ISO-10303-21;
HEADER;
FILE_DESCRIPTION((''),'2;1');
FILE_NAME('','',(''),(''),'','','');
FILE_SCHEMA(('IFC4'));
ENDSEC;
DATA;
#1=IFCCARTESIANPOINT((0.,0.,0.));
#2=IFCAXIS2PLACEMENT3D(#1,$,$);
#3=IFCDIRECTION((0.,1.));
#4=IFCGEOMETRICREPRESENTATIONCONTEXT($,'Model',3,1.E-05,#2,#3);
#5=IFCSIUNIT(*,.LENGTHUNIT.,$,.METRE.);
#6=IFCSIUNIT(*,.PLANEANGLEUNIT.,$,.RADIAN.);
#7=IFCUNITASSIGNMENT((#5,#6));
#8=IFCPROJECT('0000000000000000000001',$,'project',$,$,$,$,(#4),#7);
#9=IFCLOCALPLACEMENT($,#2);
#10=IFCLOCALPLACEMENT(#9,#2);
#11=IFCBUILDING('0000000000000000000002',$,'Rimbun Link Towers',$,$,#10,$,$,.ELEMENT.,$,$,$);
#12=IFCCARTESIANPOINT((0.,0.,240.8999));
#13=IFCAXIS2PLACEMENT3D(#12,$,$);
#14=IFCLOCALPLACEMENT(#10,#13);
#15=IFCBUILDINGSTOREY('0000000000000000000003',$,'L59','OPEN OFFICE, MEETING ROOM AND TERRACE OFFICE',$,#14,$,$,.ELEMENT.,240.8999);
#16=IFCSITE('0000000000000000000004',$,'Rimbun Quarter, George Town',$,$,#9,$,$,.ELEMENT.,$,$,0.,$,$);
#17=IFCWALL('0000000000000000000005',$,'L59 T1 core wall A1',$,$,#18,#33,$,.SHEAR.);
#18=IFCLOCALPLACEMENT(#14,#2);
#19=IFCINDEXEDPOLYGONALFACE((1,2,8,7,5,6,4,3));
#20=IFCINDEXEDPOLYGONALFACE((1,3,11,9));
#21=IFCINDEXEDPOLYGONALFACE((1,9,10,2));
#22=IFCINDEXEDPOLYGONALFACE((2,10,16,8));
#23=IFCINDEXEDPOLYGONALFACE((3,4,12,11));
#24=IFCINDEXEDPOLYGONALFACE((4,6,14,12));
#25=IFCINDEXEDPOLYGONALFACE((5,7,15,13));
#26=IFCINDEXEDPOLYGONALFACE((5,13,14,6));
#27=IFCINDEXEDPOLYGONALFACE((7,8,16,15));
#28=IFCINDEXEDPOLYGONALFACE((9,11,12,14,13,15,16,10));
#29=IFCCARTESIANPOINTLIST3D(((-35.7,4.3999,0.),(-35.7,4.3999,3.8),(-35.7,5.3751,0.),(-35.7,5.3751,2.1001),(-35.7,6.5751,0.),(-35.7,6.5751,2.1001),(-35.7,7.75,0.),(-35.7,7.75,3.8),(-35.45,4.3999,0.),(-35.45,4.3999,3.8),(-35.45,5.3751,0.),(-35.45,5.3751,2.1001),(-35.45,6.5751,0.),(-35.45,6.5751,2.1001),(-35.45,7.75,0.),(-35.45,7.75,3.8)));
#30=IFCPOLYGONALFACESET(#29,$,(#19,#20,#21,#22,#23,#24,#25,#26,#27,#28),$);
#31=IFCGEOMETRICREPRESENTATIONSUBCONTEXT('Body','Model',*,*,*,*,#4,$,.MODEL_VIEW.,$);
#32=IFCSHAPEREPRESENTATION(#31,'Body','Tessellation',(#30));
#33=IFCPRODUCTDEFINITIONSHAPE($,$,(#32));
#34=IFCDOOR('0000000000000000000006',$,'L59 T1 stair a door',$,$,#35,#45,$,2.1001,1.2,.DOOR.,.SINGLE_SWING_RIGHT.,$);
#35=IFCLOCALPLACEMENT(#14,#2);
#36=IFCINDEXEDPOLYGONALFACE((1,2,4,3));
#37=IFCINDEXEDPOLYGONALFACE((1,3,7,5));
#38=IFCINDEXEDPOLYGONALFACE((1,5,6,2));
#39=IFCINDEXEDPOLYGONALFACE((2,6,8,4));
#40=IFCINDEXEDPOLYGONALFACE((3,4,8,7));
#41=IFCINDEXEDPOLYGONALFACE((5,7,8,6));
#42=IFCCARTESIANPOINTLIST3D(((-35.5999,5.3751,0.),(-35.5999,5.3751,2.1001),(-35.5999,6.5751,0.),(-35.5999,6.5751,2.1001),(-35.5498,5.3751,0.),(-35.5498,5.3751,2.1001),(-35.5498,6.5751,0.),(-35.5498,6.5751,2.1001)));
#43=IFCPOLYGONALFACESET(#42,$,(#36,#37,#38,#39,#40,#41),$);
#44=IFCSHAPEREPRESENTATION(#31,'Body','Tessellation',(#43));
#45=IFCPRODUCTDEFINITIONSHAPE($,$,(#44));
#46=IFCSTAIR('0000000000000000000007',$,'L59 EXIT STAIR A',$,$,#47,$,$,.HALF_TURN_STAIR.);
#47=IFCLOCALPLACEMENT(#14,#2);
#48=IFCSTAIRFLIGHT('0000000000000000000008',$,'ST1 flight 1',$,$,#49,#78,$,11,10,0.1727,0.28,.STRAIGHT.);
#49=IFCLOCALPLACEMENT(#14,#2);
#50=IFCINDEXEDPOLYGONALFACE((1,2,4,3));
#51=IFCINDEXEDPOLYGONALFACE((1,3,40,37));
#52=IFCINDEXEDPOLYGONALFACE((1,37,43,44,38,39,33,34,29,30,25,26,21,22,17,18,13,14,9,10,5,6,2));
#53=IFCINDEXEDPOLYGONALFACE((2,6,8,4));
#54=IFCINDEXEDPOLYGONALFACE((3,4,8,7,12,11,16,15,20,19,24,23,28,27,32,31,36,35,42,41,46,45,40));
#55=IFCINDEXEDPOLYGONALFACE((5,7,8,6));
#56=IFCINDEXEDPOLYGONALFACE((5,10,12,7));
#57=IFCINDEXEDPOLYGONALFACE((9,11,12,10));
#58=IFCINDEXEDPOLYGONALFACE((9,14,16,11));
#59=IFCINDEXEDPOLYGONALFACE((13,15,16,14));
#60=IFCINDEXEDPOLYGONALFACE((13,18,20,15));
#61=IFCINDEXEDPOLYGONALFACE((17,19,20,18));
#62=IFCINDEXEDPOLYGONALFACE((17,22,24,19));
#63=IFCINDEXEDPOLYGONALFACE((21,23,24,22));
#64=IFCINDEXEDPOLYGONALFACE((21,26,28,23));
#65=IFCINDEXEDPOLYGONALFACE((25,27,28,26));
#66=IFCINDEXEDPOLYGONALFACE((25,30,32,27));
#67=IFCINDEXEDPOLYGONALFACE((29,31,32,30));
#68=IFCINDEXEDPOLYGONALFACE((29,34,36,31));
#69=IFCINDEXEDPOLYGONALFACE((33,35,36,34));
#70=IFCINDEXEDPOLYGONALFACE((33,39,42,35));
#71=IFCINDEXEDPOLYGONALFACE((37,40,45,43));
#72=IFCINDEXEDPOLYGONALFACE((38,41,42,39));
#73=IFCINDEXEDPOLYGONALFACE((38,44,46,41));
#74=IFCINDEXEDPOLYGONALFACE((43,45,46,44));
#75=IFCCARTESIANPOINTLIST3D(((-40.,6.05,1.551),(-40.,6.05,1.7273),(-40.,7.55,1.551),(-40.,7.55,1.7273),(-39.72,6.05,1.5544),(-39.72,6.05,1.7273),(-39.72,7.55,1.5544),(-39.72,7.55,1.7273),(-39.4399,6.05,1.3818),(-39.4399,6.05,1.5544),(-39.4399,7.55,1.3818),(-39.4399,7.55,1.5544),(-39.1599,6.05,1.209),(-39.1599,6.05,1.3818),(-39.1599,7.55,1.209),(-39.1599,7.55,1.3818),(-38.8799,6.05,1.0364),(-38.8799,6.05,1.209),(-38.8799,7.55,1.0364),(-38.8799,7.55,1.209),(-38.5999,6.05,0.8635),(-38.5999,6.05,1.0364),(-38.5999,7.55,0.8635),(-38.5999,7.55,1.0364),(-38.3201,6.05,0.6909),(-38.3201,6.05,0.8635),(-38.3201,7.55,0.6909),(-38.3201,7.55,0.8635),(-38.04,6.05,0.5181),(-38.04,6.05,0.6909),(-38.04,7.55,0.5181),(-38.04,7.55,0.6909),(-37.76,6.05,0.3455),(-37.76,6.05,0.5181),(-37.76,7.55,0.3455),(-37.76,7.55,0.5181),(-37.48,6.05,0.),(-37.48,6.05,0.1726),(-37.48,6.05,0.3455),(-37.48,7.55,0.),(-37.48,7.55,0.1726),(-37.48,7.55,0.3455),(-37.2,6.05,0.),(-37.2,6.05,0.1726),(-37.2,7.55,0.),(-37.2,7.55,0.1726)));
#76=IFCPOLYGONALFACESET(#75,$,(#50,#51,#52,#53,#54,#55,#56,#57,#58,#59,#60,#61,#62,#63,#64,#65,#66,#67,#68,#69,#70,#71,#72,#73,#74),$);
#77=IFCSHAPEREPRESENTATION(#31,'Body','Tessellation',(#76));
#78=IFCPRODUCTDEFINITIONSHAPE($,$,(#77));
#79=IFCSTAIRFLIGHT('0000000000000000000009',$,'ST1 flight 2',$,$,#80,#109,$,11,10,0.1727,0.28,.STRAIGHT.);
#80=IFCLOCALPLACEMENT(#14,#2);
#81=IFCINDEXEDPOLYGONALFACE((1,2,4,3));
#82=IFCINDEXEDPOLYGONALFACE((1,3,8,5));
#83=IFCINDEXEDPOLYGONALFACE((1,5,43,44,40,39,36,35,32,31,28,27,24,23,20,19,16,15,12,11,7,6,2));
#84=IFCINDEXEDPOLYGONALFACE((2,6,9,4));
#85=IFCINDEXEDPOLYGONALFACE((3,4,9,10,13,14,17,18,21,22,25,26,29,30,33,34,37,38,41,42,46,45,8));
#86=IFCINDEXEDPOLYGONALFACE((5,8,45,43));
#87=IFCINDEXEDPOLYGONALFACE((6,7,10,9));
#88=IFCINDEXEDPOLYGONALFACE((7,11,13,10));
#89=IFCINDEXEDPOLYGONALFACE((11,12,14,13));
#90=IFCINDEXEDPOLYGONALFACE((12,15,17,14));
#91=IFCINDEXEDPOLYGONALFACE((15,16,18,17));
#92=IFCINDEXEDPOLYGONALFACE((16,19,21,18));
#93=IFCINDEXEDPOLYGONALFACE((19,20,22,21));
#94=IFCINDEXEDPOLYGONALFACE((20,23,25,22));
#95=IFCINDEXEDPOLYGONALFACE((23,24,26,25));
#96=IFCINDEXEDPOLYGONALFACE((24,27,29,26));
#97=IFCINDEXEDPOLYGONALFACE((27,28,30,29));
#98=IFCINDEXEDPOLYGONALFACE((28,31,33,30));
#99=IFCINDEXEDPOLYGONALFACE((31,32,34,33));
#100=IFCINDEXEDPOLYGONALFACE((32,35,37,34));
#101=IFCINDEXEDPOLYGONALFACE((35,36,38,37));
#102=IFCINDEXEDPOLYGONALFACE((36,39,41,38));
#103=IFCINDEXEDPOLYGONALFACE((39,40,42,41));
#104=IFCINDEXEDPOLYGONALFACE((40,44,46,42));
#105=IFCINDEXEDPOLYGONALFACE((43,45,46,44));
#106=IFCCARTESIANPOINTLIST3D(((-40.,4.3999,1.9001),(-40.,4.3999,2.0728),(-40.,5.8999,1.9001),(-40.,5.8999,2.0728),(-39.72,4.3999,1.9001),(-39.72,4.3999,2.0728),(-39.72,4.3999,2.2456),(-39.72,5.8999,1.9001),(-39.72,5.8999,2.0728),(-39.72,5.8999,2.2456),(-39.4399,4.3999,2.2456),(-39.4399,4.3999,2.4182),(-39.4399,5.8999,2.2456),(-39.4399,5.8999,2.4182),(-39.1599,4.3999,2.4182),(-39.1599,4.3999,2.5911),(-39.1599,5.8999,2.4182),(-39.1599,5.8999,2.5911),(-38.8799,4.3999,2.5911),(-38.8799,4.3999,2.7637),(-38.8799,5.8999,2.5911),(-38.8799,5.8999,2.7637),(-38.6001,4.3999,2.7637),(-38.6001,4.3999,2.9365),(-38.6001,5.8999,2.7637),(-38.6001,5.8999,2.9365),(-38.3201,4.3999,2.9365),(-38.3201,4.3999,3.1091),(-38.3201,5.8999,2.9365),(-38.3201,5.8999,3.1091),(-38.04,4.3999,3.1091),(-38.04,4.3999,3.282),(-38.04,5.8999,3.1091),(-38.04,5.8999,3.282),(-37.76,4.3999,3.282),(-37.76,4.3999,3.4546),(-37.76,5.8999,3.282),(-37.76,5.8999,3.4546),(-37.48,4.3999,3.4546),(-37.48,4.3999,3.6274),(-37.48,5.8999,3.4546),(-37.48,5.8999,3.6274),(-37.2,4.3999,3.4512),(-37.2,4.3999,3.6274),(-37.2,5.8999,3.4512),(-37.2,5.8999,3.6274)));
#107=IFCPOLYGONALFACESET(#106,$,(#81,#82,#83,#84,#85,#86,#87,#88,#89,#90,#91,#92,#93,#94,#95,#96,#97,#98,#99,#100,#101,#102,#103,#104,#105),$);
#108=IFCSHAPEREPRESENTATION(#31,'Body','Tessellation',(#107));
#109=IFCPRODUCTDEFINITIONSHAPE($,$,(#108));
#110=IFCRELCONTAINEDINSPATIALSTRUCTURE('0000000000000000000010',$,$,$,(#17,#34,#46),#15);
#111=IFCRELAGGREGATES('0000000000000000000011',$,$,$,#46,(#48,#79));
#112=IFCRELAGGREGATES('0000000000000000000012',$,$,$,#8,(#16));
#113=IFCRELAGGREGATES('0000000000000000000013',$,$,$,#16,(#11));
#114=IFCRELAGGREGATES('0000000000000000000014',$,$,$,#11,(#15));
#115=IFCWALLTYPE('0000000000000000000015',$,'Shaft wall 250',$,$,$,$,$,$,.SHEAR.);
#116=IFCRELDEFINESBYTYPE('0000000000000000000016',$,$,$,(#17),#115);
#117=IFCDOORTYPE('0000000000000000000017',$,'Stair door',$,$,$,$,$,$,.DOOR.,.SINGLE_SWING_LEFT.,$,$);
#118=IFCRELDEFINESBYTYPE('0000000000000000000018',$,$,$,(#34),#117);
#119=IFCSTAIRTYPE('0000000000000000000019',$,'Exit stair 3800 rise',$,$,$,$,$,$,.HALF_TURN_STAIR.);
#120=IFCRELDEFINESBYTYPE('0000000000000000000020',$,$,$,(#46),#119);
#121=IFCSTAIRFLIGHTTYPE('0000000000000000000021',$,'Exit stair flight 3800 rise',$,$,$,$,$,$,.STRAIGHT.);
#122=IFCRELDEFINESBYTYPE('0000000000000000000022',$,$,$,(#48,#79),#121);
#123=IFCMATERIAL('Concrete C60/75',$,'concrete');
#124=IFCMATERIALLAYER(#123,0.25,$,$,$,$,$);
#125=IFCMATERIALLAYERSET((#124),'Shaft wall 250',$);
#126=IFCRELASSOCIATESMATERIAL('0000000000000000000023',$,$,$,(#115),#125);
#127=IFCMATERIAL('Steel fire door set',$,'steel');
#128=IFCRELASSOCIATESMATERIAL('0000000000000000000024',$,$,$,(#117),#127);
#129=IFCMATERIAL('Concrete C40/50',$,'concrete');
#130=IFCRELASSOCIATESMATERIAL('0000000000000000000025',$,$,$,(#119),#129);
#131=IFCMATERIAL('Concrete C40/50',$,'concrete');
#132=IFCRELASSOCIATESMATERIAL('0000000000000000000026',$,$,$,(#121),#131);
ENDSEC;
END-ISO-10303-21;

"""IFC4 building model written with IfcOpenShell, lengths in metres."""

from ifc_helpers import new_model, si_unit, direction, frame, frame_2d, origin, place, context, subcontext, project, spatial, polyline, rectangle, outline, extrude, material, layer, layer_set, type_object, element, fill, aggregate, save


model = new_model("IFC4")

# Units and contexts
model_context = context("Model", 3, precision=1e-05, world=origin(), true_north=direction((0.0, 1.0)))
body_context = subcontext(model_context, "Body", "Model", "MODEL_VIEW")
ifc_project = project(units=[si_unit("LENGTHUNIT", "METRE"), si_unit("PLANEANGLEUNIT", "RADIAN")], contexts=[model_context])

# Site, building, storey
site_placement = place(None, origin())
site = spatial("IfcSite", under=ifc_project, at=site_placement, Name="Rimbun Quarter, George Town", CompositionType="ELEMENT", RefElevation=0.0)
building_placement = place(site_placement, origin())
building = spatial("IfcBuilding", under=site, at=building_placement, Name="Rimbun Link Towers", CompositionType="ELEMENT")
storey_placement = place(building_placement, frame((0.0, 0.0, 240.8999)))
storey = spatial("IfcBuildingStorey", under=building, at=storey_placement, Name="L59", Description="OPEN OFFICE, MEETING ROOM AND TERRACE OFFICE", CompositionType="ELEMENT", Elevation=240.8999)

# Shared definitions
ifc_material_1 = material(Name="Concrete C60/75", Category="concrete")
ifc_layer = layer(ifc_material_1, 0.25)
ifc_layer_set = layer_set([ifc_layer], Name="Shaft wall 250")
wall_type = type_object("IfcWallType", Name="Shaft wall 250", PredefinedType="SHEAR", material=ifc_layer_set)

# Wall, opening, door
wall_1_placement = place(storey_placement, frame((-35.575, 4.3999, 0.0), z_axis=(0.0, 0.0, 1.0), x_axis=(0.0, 1.0, 0.0)))
wall_1 = element("IfcWall", 1, at=wall_1_placement, inside=storey, type_object=wall_type, Name="L59 T1 core wall A1", PredefinedType="SHEAR", context=body_context, shape_type="SweptSolid", body=[
    extrude(rectangle(XDim=3.3501, YDim=0.25, at=frame_2d((1.675, 0.0))), origin(), (0.0, 0.0, 1.0), 3.8),
])
opening_1_placement = place(wall_1_placement, frame((0.9751, 0.0, 0.0)))
opening_1 = element("IfcOpeningElement", 2, at=opening_1_placement, cuts=wall_1, PredefinedType="OPENING", context=body_context, shape_type="SweptSolid", body=[
    extrude(rectangle(XDim=1.2, YDim=2.1001, at=frame_2d((0.6001, 1.05))), frame((0.0, 0.135, 0.0), z_axis=(0.0, -1.0, 0.0), x_axis=(1.0, 0.0, 0.0)), (0.0, 0.0, 1.0), 0.27),
])
ifc_material_2 = material(Name="Steel fire door set", Category="steel")
door_type_1 = type_object("IfcDoorType", Name="Stair door", OperationType="SINGLE_SWING_LEFT", PredefinedType="DOOR", material=ifc_material_2)
door_1_placement = place(opening_1_placement, origin())
door_1 = element("IfcDoor", 3, at=door_1_placement, inside=storey, type_object=door_type_1, Name="L59 T1 stair a door", OperationType="SINGLE_SWING_RIGHT", OverallHeight=2.1001, OverallWidth=1.2, PredefinedType="DOOR", context=body_context, shape_type="SweptSolid", body=[
    extrude(rectangle(XDim=1.2, YDim=2.1001, at=frame_2d((0.6001, 1.05))), frame((0.0, 0.0249, 0.0), z_axis=(0.0, -1.0, 0.0), x_axis=(1.0, 0.0, 0.0)), (0.0, 0.0, 1.0), 0.05),
])
fill(opening_1, door_1)

# Stair, stair flights
ifc_material_3 = material(Name="Concrete C40/50", Category="concrete")
stair_type = type_object("IfcStairType", Name="Exit stair 3800 rise", PredefinedType="HALF_TURN_STAIR", material=ifc_material_3)
stair_placement = place(storey_placement, origin())
stair = element("IfcStair", 4, at=stair_placement, inside=storey, type_object=stair_type, Name="L59 EXIT STAIR A", PredefinedType="HALF_TURN_STAIR")
ifc_material_4 = material(Name="Concrete C40/50", Category="concrete")
stair_flight_type = type_object("IfcStairFlightType", Name="Exit stair flight 3800 rise", PredefinedType="STRAIGHT", material=ifc_material_4)
stair_flight_1_placement = place(storey_placement, frame((-37.2, 6.8, 0.0), z_axis=(0.0, 0.0, 1.0), x_axis=(-1.0, 0.0, 0.0)))
stair_flight_1 = element("IfcStairFlight", 5, at=stair_flight_1_placement, type_object=stair_flight_type, Name="ST1 flight 1", NumberOfRisers=11, NumberOfTreads=10, PredefinedType="STRAIGHT", RiserHeight=0.1727, TreadLength=0.28, context=body_context, shape_type="SweptSolid", body=[
    extrude(outline(polyline([(0.0, 0.0), (0.0, 0.1726), (0.28, 0.1726), (0.28, 0.3455), (0.5601, 0.3455), (0.5601, 0.5181), (0.8401, 0.5181), (0.8401, 0.6909), (1.1201, 0.6909), (1.1201, 0.8635), (1.3999, 0.8635), (1.3999, 1.0364), (1.6799, 1.0364), (1.6799, 1.209), (1.96, 1.209), (1.96, 1.3818), (2.24, 1.3818), (2.24, 1.5544), (2.52, 1.5544), (2.52, 1.7273), (2.8, 1.7273), (2.8, 1.8999), (2.8, 1.551), (0.28, 0.0), (0.0, 0.0)])), frame((0.0, 0.75, 0.0), z_axis=(0.0, -1.0, 0.0), x_axis=(1.0, 0.0, 0.0)), (0.0, 0.0, 1.0), 1.5),
])
stair_flight_2_placement = place(storey_placement, frame((-40.0, 5.1499, 1.9001), z_axis=(0.0, 0.0, 1.0), x_axis=(1.0, 0.0, 0.0)))
stair_flight_2 = element("IfcStairFlight", 6, at=stair_flight_2_placement, type_object=stair_flight_type, Name="ST1 flight 2", NumberOfRisers=11, NumberOfTreads=10, PredefinedType="STRAIGHT", RiserHeight=0.1727, TreadLength=0.28, context=body_context, shape_type="SweptSolid", body=[
    extrude(outline(polyline([(0.0, 0.0), (0.0, 0.1726), (0.28, 0.1726), (0.28, 0.3455), (0.5601, 0.3455), (0.5601, 0.5181), (0.8401, 0.5181), (0.8401, 0.6909), (1.1201, 0.6909), (1.1201, 0.8635), (1.3999, 0.8635), (1.3999, 1.0364), (1.6799, 1.0364), (1.6799, 1.209), (1.96, 1.209), (1.96, 1.3818), (2.24, 1.3818), (2.24, 1.5544), (2.52, 1.5544), (2.52, 1.7273), (2.8, 1.7273), (2.8, 1.8999), (2.8, 1.551), (0.28, 0.0), (0.0, 0.0)])), frame((0.0, 0.75, 0.0), z_axis=(0.0, -1.0, 0.0), x_axis=(1.0, 0.0, 0.0)), (0.0, 0.0, 1.0), 1.5),
])
aggregate(stair, [stair_flight_1, stair_flight_2])

save(model, "model.ifc")
